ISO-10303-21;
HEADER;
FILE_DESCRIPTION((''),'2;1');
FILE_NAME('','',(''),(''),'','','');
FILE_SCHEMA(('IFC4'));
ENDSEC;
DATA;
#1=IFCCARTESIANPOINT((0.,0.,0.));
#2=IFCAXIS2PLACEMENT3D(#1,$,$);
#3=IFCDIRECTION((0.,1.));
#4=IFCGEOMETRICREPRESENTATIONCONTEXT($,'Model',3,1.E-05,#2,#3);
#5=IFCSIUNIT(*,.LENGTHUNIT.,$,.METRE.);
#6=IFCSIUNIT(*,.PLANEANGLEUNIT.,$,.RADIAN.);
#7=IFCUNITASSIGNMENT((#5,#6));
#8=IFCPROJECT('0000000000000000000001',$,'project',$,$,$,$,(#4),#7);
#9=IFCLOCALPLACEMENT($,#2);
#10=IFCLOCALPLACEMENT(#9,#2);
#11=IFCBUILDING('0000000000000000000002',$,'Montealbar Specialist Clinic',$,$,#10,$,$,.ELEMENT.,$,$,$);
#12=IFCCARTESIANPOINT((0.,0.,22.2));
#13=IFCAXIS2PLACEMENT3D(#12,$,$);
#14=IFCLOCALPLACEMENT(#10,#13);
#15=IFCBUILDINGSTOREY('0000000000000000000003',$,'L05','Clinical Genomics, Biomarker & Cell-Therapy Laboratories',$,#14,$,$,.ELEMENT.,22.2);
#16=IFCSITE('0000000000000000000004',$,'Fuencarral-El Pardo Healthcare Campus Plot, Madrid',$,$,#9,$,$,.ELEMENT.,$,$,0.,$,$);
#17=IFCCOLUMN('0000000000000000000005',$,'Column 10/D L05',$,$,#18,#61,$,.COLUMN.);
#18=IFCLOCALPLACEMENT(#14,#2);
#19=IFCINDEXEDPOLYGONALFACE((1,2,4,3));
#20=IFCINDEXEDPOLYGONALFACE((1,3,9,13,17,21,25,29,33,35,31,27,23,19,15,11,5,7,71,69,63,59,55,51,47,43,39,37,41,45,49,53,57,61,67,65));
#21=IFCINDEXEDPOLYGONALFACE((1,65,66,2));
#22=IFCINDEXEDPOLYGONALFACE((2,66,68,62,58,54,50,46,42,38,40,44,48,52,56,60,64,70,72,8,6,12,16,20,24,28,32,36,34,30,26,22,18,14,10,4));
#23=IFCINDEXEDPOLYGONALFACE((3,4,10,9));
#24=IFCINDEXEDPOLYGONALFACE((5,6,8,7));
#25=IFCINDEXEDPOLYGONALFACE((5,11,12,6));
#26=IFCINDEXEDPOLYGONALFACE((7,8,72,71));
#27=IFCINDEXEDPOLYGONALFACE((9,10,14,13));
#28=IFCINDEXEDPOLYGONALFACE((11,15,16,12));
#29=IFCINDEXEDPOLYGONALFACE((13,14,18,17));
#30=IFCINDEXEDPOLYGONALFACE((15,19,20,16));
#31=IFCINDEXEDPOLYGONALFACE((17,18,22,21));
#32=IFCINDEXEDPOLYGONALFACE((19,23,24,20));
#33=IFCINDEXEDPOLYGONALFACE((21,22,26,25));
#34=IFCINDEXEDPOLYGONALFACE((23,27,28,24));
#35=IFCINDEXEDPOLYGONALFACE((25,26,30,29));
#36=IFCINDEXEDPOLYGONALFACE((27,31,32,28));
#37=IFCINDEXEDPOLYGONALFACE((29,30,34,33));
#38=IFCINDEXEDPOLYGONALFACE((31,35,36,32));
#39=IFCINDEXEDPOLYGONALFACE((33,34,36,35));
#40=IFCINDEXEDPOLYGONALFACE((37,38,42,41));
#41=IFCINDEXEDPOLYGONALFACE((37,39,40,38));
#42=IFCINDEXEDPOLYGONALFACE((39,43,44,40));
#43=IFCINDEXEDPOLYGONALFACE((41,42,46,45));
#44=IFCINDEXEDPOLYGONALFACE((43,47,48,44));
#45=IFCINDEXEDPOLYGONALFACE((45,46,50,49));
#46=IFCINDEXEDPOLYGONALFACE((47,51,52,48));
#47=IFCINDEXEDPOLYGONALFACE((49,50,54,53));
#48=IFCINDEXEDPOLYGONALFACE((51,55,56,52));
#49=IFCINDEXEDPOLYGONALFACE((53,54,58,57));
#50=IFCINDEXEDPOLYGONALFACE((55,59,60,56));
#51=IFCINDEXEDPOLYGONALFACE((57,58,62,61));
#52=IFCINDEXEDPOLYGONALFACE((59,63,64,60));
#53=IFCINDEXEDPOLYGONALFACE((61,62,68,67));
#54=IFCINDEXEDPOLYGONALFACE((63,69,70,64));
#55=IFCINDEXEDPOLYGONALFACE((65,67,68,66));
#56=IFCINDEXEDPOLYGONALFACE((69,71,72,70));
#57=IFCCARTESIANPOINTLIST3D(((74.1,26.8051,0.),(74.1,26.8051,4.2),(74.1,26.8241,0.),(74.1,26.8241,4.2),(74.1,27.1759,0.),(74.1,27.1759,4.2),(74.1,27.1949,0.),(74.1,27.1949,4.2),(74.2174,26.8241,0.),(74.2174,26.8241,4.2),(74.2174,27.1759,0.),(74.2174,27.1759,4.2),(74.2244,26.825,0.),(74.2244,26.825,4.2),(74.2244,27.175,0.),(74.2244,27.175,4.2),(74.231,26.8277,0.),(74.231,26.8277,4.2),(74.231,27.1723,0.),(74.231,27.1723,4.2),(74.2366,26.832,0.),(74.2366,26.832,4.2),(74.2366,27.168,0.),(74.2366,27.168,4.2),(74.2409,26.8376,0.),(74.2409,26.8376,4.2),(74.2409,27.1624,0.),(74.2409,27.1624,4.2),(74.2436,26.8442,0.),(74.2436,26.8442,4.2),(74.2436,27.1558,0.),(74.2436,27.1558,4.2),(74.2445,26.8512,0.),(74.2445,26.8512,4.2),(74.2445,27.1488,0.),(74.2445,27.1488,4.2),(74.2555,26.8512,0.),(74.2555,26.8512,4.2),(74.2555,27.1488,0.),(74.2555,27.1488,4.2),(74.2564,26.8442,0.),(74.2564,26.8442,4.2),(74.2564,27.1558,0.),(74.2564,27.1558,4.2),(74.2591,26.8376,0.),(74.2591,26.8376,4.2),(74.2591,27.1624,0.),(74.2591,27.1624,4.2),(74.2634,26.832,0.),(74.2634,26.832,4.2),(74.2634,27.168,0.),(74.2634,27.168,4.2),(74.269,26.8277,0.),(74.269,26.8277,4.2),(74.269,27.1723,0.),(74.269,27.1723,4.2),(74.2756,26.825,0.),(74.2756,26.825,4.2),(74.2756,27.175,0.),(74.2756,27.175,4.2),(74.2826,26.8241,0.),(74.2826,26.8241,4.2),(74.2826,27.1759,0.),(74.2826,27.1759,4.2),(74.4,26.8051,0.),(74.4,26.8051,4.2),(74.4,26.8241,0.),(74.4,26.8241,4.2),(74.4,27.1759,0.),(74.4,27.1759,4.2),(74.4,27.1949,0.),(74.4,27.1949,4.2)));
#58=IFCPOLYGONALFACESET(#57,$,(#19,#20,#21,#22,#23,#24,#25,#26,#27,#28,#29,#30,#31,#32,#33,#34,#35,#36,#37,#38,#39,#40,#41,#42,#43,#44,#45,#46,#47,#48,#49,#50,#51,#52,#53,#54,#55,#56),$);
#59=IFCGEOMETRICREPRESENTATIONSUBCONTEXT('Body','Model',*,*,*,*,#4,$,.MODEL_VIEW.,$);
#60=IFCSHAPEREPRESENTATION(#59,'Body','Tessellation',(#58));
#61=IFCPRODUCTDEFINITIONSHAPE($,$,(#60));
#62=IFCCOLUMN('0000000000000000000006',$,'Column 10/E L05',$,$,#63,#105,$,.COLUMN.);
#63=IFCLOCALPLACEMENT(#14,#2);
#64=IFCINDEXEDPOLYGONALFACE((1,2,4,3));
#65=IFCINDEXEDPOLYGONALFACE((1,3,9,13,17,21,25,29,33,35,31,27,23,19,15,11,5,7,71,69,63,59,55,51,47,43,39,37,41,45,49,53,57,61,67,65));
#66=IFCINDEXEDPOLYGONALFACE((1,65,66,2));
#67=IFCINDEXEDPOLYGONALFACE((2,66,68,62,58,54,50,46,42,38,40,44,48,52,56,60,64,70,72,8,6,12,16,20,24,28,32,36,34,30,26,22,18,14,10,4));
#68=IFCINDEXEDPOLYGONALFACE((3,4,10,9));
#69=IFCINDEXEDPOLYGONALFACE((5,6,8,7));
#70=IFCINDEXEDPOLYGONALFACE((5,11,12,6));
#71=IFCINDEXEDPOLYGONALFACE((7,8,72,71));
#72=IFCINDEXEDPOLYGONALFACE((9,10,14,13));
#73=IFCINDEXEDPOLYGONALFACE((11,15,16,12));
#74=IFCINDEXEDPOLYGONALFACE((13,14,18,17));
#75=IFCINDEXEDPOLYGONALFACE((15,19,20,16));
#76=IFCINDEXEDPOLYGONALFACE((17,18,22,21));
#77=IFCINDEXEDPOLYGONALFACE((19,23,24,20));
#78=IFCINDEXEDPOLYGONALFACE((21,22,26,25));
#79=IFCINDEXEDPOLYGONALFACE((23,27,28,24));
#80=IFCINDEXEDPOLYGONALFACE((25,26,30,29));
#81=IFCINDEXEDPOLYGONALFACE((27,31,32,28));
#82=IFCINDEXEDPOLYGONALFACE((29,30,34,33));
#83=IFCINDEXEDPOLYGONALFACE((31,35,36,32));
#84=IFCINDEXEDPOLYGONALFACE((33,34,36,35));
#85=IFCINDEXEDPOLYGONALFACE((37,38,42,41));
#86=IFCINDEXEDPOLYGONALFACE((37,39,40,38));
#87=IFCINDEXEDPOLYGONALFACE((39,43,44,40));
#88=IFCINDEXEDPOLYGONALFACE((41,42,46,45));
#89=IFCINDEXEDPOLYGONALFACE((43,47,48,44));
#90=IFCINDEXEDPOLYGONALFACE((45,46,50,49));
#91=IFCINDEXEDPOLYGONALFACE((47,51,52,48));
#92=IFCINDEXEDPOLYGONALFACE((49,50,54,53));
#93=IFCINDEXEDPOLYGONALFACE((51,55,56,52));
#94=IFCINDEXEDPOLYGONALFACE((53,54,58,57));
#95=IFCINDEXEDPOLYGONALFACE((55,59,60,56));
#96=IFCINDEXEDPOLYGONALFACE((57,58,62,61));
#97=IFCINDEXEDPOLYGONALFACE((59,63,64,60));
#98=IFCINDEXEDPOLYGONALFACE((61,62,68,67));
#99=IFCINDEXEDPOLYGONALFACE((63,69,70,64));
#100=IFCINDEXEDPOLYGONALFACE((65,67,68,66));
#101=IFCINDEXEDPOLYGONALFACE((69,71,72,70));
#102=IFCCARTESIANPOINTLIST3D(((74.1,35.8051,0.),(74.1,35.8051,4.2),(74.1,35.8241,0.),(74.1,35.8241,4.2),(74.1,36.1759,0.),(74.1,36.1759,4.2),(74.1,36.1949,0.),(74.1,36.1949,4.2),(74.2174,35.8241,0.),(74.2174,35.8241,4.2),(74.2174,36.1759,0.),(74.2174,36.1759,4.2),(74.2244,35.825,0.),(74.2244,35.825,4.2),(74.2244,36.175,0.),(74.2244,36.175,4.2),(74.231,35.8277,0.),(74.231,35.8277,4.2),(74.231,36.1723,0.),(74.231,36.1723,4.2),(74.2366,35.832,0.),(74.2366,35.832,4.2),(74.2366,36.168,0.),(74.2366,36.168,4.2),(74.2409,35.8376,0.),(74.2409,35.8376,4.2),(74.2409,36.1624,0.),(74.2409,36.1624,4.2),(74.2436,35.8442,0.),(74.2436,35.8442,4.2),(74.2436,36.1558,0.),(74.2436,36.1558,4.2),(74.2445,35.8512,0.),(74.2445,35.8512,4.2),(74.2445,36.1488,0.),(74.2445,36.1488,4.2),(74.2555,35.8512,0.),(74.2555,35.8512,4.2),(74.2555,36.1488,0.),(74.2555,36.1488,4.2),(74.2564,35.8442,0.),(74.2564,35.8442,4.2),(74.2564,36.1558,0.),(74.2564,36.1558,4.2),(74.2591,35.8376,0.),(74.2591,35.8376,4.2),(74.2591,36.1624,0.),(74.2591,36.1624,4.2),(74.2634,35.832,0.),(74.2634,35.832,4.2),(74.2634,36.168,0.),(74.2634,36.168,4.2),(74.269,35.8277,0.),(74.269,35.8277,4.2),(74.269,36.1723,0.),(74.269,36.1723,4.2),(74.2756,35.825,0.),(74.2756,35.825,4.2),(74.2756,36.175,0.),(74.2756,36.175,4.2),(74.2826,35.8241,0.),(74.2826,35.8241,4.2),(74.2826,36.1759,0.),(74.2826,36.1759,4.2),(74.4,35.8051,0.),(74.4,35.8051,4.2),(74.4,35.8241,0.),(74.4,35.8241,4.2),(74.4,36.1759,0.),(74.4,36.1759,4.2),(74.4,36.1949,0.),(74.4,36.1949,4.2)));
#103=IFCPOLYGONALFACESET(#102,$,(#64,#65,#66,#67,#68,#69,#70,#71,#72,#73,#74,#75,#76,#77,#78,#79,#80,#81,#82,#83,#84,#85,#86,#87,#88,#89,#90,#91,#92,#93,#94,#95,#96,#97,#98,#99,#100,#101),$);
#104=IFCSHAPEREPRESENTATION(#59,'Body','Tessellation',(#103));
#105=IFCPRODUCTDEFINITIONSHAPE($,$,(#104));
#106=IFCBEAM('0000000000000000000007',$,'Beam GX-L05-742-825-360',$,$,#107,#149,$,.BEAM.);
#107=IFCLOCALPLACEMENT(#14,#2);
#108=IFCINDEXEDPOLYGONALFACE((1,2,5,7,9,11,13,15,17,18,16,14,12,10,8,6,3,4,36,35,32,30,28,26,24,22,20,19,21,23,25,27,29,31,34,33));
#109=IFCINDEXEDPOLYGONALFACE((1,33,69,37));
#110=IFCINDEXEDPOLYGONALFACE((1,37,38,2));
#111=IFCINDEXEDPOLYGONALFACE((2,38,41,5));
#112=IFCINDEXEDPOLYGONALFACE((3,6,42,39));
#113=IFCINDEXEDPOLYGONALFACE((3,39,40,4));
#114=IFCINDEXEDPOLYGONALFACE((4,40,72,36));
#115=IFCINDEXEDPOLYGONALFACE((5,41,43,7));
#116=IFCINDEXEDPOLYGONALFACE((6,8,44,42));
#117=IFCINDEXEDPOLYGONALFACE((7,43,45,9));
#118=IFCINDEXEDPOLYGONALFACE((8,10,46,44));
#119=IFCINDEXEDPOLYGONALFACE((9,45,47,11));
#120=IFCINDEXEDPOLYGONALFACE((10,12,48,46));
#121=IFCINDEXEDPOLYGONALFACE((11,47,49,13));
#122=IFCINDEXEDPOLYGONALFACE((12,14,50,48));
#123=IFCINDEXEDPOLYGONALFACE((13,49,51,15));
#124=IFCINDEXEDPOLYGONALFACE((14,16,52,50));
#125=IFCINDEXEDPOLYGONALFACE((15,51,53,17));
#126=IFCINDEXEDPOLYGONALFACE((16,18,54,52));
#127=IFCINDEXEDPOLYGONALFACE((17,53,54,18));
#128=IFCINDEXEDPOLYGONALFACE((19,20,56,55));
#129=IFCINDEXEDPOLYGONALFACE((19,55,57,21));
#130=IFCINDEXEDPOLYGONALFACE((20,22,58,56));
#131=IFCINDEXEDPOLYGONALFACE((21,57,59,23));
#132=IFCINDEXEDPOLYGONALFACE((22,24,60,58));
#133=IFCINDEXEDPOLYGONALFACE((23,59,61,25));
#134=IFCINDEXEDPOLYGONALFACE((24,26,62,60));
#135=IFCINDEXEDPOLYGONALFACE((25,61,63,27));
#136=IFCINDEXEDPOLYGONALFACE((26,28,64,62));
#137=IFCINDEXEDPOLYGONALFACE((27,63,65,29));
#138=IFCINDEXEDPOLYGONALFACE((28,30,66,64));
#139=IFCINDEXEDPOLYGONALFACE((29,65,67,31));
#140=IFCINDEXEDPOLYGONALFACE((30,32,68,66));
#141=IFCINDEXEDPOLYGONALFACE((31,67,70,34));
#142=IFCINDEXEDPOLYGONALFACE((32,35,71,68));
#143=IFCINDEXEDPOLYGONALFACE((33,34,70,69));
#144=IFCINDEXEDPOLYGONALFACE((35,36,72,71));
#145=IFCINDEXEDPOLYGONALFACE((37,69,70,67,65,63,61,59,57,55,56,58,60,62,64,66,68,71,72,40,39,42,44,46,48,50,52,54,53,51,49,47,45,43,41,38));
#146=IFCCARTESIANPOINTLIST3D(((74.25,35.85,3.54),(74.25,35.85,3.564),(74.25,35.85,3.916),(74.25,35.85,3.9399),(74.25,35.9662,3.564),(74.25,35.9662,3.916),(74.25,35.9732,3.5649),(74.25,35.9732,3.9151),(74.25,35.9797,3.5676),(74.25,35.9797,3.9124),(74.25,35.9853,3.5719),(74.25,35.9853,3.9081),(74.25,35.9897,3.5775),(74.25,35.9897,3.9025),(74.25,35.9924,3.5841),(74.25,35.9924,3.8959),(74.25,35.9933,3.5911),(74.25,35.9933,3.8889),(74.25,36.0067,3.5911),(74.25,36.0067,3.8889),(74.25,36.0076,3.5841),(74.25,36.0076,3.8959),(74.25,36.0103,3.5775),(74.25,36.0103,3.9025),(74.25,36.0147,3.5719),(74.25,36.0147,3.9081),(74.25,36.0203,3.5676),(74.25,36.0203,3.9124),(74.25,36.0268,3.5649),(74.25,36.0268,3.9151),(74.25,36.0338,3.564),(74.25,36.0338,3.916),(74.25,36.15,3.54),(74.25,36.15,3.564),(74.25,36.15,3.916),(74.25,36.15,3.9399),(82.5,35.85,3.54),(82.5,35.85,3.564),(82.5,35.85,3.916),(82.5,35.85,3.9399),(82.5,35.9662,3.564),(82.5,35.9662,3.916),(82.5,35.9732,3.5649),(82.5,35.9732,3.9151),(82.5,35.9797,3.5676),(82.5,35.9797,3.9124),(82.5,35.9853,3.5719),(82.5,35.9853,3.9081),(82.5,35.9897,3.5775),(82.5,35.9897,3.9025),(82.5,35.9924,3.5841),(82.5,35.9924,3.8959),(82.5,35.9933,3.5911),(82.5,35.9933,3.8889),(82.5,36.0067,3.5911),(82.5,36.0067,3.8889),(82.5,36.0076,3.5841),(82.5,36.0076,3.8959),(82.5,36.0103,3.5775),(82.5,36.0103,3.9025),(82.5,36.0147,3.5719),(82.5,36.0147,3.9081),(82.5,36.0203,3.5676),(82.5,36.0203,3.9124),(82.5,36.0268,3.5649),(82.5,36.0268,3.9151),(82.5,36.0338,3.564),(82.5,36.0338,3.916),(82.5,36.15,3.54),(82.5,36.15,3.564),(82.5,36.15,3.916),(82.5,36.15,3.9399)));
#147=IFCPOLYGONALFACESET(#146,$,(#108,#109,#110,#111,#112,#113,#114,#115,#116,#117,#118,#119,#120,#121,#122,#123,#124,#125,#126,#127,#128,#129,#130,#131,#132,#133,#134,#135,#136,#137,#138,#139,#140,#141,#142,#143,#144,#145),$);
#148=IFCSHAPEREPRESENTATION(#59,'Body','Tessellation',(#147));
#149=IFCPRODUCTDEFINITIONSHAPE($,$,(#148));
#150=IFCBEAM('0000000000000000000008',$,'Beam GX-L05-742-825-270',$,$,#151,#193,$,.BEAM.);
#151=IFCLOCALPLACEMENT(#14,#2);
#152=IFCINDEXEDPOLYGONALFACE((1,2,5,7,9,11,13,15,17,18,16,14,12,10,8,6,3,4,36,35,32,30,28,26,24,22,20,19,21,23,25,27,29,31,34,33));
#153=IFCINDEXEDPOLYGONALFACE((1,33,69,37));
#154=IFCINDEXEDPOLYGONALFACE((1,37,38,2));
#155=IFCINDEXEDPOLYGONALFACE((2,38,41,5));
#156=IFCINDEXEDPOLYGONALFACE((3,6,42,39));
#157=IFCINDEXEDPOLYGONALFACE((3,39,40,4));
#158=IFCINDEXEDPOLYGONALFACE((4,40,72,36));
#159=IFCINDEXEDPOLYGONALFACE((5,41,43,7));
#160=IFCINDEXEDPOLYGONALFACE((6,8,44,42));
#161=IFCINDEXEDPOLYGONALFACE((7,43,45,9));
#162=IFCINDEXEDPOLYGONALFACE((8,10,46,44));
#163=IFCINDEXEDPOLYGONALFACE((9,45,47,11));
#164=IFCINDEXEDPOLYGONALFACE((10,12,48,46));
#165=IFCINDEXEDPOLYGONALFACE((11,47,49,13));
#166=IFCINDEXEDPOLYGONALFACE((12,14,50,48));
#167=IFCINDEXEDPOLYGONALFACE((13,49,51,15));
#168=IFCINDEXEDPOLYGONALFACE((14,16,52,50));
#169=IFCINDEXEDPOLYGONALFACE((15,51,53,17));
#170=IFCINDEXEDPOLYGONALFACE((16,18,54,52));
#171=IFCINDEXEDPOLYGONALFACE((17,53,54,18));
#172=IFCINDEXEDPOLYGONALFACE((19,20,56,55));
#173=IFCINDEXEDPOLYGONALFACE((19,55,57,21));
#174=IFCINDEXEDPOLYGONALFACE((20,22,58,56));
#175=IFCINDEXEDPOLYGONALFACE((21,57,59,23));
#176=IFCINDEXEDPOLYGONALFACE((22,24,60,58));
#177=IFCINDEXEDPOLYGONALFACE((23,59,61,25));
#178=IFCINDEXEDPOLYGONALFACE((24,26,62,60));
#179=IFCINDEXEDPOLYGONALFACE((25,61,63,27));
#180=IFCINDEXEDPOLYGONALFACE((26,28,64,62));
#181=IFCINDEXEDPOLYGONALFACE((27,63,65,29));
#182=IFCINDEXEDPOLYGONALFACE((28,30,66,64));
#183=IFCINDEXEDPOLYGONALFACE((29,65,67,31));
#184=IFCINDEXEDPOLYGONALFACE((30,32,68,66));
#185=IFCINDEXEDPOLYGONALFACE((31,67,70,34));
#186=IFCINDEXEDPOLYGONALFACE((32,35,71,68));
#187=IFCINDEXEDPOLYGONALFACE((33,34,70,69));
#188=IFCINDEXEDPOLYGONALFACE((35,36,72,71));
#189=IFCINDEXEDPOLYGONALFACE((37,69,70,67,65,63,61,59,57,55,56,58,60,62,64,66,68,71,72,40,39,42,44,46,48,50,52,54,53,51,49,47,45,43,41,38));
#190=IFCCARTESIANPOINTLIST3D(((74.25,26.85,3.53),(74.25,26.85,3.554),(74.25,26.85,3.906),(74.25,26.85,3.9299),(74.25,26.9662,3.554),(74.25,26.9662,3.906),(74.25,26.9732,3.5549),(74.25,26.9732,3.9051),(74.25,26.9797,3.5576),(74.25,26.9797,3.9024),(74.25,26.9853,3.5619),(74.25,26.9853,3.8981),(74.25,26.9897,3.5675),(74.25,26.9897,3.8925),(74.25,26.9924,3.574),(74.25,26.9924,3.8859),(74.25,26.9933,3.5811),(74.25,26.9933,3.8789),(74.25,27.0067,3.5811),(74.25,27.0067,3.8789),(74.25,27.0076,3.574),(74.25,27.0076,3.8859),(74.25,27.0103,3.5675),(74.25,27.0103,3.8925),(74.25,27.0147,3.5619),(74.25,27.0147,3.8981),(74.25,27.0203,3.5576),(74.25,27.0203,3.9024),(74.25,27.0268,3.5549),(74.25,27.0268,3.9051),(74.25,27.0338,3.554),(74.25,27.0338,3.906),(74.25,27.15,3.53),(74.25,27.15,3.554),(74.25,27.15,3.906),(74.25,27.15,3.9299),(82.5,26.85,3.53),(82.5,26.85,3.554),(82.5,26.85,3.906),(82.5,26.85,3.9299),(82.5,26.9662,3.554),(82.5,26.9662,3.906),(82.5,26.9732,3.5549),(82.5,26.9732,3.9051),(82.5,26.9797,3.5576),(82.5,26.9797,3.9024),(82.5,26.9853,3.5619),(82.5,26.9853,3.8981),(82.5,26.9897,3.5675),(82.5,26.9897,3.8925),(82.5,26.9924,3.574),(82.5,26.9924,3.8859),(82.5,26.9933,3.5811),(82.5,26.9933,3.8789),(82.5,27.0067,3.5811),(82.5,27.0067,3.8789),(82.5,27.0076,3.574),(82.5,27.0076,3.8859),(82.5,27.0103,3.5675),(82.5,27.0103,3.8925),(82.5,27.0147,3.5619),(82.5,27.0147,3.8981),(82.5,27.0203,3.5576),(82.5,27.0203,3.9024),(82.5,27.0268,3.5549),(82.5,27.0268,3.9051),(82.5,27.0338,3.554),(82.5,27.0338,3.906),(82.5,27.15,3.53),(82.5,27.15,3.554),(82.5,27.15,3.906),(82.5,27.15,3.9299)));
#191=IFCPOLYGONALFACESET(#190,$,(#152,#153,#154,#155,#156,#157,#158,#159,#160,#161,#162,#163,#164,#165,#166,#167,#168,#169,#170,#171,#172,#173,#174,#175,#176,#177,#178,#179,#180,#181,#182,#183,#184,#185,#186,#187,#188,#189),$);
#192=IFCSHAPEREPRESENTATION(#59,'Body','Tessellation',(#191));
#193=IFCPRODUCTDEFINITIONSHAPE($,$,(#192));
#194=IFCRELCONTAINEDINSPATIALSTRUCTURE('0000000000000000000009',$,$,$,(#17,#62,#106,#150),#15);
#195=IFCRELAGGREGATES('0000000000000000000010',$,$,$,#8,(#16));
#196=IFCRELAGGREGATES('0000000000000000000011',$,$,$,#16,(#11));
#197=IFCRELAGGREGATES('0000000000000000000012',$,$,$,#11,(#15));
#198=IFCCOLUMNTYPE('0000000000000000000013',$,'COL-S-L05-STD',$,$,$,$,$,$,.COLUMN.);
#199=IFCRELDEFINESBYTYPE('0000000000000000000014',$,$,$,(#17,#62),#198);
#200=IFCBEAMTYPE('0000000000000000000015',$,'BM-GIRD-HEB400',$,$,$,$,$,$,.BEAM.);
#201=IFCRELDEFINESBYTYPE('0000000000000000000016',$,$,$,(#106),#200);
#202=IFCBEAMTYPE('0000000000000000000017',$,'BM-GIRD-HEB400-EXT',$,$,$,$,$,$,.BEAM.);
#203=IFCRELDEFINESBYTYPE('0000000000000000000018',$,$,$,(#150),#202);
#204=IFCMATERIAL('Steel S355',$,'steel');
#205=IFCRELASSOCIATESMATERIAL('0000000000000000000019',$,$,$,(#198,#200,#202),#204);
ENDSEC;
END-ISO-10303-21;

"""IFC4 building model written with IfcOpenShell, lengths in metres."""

from ifc_helpers import new_model, si_unit, direction, frame, origin, origin_2d, place, context, subcontext, project, spatial, i_section, extrude, material, material_profile, profile_set, type_object, element, save


model = new_model("IFC4")

# Units and contexts
model_context = context("Model", 3, precision=1e-05, world=origin(), true_north=direction((0.0, 1.0)))
body_context = subcontext(model_context, "Body", "Model", "MODEL_VIEW")
ifc_project = project(units=[si_unit("LENGTHUNIT", "METRE"), si_unit("PLANEANGLEUNIT", "RADIAN")], contexts=[model_context])

# Site, building, storey
site_placement = place(None, origin())
site = spatial("IfcSite", under=ifc_project, at=site_placement, Name="Fuencarral-El Pardo Healthcare Campus Plot, Madrid", CompositionType="ELEMENT", RefElevation=0.0)
building_placement = place(site_placement, origin())
building = spatial("IfcBuilding", under=site, at=building_placement, Name="Montealbar Specialist Clinic", CompositionType="ELEMENT")
storey_placement = place(building_placement, frame((0.0, 0.0, 22.2)))
storey = spatial("IfcBuildingStorey", under=building, at=storey_placement, Name="L05", Description="Clinical Genomics, Biomarker & Cell-Therapy Laboratories", CompositionType="ELEMENT", Elevation=22.2)

# Columns
ifc_material_1 = material(Name="Steel S355", Category="steel")
ifc_material_profile_1 = material_profile(ifc_material_1, i_section(OverallWidth=0.3, OverallDepth=0.3899, WebThickness=0.011, FlangeThickness=0.019, FilletRadius=0.0271, at=origin_2d()), Name="HEA 400", Category="steel")
ifc_profile_set_1 = profile_set([ifc_material_profile_1], Name="Steel S355")
column_type = type_object("IfcColumnType", Name="COL-S-L05-STD", PredefinedType="COLUMN", material=ifc_profile_set_1)
for number, where, z_axis, x_axis, name in (
    (1, (74.25, 27.0, 0.0), (0.0, 0.0, 1.0), (1.0, 0.0, 0.0), "Column 10/D L05"),
    (2, (74.25, 36.0, 0.0), (0.0, 0.0, 1.0), (1.0, 0.0, 0.0), "Column 10/E L05"),
):
    element("IfcColumn", number, at=place(storey_placement, frame(where, z_axis=z_axis, x_axis=x_axis)), inside=storey, type_object=column_type, Name=name, PredefinedType="COLUMN", context=body_context, shape_type="SweptSolid", body=[
        extrude(i_section(OverallWidth=0.3, OverallDepth=0.3899, WebThickness=0.011, FlangeThickness=0.019, FilletRadius=0.0271, at=origin_2d()), origin(), (0.0, 0.0, 1.0), 4.2),
    ])

# Beams
ifc_material_profile_2 = material_profile(ifc_material_1, i_section(OverallWidth=0.3, OverallDepth=0.3999, WebThickness=0.0134, FlangeThickness=0.0239, FilletRadius=0.0271, at=origin_2d()), Name="HEB 400", Category="steel")
ifc_profile_set_2 = profile_set([ifc_material_profile_2], Name="Steel S355")
beam_type_1 = type_object("IfcBeamType", Name="BM-GIRD-HEB400", PredefinedType="BEAM", material=ifc_profile_set_2)
beam_1_placement = place(storey_placement, frame((74.25, 36.0, 3.74), z_axis=(1.0, 0.0, 0.0), x_axis=(0.0, 1.0, 0.0)))
element("IfcBeam", 3, at=beam_1_placement, inside=storey, type_object=beam_type_1, Name="Beam GX-L05-742-825-360", PredefinedType="BEAM", context=body_context, shape_type="SweptSolid", body=[
    extrude(i_section(OverallWidth=0.3, OverallDepth=0.3999, WebThickness=0.0134, FlangeThickness=0.0239, FilletRadius=0.0271, at=origin_2d()), origin(), (0.0, 0.0, 1.0), 8.25),
])
ifc_material_profile_3 = material_profile(ifc_material_1, i_section(OverallWidth=0.3, OverallDepth=0.3999, WebThickness=0.0134, FlangeThickness=0.0239, FilletRadius=0.0271, at=origin_2d()), Name="HEB 400", Category="steel")
ifc_profile_set_3 = profile_set([ifc_material_profile_3], Name="Steel S355")
beam_type_2 = type_object("IfcBeamType", Name="BM-GIRD-HEB400-EXT", PredefinedType="BEAM", material=ifc_profile_set_3)
beam_2_placement = place(storey_placement, frame((74.25, 27.0, 3.73), z_axis=(1.0, 0.0, 0.0), x_axis=(0.0, 1.0, 0.0)))
element("IfcBeam", 4, at=beam_2_placement, inside=storey, type_object=beam_type_2, Name="Beam GX-L05-742-825-270", PredefinedType="BEAM", context=body_context, shape_type="SweptSolid", body=[
    extrude(i_section(OverallWidth=0.3, OverallDepth=0.3999, WebThickness=0.0134, FlangeThickness=0.0239, FilletRadius=0.0271, at=origin_2d()), origin(), (0.0, 0.0, 1.0), 8.25),
])

save(model, "model.ifc")
